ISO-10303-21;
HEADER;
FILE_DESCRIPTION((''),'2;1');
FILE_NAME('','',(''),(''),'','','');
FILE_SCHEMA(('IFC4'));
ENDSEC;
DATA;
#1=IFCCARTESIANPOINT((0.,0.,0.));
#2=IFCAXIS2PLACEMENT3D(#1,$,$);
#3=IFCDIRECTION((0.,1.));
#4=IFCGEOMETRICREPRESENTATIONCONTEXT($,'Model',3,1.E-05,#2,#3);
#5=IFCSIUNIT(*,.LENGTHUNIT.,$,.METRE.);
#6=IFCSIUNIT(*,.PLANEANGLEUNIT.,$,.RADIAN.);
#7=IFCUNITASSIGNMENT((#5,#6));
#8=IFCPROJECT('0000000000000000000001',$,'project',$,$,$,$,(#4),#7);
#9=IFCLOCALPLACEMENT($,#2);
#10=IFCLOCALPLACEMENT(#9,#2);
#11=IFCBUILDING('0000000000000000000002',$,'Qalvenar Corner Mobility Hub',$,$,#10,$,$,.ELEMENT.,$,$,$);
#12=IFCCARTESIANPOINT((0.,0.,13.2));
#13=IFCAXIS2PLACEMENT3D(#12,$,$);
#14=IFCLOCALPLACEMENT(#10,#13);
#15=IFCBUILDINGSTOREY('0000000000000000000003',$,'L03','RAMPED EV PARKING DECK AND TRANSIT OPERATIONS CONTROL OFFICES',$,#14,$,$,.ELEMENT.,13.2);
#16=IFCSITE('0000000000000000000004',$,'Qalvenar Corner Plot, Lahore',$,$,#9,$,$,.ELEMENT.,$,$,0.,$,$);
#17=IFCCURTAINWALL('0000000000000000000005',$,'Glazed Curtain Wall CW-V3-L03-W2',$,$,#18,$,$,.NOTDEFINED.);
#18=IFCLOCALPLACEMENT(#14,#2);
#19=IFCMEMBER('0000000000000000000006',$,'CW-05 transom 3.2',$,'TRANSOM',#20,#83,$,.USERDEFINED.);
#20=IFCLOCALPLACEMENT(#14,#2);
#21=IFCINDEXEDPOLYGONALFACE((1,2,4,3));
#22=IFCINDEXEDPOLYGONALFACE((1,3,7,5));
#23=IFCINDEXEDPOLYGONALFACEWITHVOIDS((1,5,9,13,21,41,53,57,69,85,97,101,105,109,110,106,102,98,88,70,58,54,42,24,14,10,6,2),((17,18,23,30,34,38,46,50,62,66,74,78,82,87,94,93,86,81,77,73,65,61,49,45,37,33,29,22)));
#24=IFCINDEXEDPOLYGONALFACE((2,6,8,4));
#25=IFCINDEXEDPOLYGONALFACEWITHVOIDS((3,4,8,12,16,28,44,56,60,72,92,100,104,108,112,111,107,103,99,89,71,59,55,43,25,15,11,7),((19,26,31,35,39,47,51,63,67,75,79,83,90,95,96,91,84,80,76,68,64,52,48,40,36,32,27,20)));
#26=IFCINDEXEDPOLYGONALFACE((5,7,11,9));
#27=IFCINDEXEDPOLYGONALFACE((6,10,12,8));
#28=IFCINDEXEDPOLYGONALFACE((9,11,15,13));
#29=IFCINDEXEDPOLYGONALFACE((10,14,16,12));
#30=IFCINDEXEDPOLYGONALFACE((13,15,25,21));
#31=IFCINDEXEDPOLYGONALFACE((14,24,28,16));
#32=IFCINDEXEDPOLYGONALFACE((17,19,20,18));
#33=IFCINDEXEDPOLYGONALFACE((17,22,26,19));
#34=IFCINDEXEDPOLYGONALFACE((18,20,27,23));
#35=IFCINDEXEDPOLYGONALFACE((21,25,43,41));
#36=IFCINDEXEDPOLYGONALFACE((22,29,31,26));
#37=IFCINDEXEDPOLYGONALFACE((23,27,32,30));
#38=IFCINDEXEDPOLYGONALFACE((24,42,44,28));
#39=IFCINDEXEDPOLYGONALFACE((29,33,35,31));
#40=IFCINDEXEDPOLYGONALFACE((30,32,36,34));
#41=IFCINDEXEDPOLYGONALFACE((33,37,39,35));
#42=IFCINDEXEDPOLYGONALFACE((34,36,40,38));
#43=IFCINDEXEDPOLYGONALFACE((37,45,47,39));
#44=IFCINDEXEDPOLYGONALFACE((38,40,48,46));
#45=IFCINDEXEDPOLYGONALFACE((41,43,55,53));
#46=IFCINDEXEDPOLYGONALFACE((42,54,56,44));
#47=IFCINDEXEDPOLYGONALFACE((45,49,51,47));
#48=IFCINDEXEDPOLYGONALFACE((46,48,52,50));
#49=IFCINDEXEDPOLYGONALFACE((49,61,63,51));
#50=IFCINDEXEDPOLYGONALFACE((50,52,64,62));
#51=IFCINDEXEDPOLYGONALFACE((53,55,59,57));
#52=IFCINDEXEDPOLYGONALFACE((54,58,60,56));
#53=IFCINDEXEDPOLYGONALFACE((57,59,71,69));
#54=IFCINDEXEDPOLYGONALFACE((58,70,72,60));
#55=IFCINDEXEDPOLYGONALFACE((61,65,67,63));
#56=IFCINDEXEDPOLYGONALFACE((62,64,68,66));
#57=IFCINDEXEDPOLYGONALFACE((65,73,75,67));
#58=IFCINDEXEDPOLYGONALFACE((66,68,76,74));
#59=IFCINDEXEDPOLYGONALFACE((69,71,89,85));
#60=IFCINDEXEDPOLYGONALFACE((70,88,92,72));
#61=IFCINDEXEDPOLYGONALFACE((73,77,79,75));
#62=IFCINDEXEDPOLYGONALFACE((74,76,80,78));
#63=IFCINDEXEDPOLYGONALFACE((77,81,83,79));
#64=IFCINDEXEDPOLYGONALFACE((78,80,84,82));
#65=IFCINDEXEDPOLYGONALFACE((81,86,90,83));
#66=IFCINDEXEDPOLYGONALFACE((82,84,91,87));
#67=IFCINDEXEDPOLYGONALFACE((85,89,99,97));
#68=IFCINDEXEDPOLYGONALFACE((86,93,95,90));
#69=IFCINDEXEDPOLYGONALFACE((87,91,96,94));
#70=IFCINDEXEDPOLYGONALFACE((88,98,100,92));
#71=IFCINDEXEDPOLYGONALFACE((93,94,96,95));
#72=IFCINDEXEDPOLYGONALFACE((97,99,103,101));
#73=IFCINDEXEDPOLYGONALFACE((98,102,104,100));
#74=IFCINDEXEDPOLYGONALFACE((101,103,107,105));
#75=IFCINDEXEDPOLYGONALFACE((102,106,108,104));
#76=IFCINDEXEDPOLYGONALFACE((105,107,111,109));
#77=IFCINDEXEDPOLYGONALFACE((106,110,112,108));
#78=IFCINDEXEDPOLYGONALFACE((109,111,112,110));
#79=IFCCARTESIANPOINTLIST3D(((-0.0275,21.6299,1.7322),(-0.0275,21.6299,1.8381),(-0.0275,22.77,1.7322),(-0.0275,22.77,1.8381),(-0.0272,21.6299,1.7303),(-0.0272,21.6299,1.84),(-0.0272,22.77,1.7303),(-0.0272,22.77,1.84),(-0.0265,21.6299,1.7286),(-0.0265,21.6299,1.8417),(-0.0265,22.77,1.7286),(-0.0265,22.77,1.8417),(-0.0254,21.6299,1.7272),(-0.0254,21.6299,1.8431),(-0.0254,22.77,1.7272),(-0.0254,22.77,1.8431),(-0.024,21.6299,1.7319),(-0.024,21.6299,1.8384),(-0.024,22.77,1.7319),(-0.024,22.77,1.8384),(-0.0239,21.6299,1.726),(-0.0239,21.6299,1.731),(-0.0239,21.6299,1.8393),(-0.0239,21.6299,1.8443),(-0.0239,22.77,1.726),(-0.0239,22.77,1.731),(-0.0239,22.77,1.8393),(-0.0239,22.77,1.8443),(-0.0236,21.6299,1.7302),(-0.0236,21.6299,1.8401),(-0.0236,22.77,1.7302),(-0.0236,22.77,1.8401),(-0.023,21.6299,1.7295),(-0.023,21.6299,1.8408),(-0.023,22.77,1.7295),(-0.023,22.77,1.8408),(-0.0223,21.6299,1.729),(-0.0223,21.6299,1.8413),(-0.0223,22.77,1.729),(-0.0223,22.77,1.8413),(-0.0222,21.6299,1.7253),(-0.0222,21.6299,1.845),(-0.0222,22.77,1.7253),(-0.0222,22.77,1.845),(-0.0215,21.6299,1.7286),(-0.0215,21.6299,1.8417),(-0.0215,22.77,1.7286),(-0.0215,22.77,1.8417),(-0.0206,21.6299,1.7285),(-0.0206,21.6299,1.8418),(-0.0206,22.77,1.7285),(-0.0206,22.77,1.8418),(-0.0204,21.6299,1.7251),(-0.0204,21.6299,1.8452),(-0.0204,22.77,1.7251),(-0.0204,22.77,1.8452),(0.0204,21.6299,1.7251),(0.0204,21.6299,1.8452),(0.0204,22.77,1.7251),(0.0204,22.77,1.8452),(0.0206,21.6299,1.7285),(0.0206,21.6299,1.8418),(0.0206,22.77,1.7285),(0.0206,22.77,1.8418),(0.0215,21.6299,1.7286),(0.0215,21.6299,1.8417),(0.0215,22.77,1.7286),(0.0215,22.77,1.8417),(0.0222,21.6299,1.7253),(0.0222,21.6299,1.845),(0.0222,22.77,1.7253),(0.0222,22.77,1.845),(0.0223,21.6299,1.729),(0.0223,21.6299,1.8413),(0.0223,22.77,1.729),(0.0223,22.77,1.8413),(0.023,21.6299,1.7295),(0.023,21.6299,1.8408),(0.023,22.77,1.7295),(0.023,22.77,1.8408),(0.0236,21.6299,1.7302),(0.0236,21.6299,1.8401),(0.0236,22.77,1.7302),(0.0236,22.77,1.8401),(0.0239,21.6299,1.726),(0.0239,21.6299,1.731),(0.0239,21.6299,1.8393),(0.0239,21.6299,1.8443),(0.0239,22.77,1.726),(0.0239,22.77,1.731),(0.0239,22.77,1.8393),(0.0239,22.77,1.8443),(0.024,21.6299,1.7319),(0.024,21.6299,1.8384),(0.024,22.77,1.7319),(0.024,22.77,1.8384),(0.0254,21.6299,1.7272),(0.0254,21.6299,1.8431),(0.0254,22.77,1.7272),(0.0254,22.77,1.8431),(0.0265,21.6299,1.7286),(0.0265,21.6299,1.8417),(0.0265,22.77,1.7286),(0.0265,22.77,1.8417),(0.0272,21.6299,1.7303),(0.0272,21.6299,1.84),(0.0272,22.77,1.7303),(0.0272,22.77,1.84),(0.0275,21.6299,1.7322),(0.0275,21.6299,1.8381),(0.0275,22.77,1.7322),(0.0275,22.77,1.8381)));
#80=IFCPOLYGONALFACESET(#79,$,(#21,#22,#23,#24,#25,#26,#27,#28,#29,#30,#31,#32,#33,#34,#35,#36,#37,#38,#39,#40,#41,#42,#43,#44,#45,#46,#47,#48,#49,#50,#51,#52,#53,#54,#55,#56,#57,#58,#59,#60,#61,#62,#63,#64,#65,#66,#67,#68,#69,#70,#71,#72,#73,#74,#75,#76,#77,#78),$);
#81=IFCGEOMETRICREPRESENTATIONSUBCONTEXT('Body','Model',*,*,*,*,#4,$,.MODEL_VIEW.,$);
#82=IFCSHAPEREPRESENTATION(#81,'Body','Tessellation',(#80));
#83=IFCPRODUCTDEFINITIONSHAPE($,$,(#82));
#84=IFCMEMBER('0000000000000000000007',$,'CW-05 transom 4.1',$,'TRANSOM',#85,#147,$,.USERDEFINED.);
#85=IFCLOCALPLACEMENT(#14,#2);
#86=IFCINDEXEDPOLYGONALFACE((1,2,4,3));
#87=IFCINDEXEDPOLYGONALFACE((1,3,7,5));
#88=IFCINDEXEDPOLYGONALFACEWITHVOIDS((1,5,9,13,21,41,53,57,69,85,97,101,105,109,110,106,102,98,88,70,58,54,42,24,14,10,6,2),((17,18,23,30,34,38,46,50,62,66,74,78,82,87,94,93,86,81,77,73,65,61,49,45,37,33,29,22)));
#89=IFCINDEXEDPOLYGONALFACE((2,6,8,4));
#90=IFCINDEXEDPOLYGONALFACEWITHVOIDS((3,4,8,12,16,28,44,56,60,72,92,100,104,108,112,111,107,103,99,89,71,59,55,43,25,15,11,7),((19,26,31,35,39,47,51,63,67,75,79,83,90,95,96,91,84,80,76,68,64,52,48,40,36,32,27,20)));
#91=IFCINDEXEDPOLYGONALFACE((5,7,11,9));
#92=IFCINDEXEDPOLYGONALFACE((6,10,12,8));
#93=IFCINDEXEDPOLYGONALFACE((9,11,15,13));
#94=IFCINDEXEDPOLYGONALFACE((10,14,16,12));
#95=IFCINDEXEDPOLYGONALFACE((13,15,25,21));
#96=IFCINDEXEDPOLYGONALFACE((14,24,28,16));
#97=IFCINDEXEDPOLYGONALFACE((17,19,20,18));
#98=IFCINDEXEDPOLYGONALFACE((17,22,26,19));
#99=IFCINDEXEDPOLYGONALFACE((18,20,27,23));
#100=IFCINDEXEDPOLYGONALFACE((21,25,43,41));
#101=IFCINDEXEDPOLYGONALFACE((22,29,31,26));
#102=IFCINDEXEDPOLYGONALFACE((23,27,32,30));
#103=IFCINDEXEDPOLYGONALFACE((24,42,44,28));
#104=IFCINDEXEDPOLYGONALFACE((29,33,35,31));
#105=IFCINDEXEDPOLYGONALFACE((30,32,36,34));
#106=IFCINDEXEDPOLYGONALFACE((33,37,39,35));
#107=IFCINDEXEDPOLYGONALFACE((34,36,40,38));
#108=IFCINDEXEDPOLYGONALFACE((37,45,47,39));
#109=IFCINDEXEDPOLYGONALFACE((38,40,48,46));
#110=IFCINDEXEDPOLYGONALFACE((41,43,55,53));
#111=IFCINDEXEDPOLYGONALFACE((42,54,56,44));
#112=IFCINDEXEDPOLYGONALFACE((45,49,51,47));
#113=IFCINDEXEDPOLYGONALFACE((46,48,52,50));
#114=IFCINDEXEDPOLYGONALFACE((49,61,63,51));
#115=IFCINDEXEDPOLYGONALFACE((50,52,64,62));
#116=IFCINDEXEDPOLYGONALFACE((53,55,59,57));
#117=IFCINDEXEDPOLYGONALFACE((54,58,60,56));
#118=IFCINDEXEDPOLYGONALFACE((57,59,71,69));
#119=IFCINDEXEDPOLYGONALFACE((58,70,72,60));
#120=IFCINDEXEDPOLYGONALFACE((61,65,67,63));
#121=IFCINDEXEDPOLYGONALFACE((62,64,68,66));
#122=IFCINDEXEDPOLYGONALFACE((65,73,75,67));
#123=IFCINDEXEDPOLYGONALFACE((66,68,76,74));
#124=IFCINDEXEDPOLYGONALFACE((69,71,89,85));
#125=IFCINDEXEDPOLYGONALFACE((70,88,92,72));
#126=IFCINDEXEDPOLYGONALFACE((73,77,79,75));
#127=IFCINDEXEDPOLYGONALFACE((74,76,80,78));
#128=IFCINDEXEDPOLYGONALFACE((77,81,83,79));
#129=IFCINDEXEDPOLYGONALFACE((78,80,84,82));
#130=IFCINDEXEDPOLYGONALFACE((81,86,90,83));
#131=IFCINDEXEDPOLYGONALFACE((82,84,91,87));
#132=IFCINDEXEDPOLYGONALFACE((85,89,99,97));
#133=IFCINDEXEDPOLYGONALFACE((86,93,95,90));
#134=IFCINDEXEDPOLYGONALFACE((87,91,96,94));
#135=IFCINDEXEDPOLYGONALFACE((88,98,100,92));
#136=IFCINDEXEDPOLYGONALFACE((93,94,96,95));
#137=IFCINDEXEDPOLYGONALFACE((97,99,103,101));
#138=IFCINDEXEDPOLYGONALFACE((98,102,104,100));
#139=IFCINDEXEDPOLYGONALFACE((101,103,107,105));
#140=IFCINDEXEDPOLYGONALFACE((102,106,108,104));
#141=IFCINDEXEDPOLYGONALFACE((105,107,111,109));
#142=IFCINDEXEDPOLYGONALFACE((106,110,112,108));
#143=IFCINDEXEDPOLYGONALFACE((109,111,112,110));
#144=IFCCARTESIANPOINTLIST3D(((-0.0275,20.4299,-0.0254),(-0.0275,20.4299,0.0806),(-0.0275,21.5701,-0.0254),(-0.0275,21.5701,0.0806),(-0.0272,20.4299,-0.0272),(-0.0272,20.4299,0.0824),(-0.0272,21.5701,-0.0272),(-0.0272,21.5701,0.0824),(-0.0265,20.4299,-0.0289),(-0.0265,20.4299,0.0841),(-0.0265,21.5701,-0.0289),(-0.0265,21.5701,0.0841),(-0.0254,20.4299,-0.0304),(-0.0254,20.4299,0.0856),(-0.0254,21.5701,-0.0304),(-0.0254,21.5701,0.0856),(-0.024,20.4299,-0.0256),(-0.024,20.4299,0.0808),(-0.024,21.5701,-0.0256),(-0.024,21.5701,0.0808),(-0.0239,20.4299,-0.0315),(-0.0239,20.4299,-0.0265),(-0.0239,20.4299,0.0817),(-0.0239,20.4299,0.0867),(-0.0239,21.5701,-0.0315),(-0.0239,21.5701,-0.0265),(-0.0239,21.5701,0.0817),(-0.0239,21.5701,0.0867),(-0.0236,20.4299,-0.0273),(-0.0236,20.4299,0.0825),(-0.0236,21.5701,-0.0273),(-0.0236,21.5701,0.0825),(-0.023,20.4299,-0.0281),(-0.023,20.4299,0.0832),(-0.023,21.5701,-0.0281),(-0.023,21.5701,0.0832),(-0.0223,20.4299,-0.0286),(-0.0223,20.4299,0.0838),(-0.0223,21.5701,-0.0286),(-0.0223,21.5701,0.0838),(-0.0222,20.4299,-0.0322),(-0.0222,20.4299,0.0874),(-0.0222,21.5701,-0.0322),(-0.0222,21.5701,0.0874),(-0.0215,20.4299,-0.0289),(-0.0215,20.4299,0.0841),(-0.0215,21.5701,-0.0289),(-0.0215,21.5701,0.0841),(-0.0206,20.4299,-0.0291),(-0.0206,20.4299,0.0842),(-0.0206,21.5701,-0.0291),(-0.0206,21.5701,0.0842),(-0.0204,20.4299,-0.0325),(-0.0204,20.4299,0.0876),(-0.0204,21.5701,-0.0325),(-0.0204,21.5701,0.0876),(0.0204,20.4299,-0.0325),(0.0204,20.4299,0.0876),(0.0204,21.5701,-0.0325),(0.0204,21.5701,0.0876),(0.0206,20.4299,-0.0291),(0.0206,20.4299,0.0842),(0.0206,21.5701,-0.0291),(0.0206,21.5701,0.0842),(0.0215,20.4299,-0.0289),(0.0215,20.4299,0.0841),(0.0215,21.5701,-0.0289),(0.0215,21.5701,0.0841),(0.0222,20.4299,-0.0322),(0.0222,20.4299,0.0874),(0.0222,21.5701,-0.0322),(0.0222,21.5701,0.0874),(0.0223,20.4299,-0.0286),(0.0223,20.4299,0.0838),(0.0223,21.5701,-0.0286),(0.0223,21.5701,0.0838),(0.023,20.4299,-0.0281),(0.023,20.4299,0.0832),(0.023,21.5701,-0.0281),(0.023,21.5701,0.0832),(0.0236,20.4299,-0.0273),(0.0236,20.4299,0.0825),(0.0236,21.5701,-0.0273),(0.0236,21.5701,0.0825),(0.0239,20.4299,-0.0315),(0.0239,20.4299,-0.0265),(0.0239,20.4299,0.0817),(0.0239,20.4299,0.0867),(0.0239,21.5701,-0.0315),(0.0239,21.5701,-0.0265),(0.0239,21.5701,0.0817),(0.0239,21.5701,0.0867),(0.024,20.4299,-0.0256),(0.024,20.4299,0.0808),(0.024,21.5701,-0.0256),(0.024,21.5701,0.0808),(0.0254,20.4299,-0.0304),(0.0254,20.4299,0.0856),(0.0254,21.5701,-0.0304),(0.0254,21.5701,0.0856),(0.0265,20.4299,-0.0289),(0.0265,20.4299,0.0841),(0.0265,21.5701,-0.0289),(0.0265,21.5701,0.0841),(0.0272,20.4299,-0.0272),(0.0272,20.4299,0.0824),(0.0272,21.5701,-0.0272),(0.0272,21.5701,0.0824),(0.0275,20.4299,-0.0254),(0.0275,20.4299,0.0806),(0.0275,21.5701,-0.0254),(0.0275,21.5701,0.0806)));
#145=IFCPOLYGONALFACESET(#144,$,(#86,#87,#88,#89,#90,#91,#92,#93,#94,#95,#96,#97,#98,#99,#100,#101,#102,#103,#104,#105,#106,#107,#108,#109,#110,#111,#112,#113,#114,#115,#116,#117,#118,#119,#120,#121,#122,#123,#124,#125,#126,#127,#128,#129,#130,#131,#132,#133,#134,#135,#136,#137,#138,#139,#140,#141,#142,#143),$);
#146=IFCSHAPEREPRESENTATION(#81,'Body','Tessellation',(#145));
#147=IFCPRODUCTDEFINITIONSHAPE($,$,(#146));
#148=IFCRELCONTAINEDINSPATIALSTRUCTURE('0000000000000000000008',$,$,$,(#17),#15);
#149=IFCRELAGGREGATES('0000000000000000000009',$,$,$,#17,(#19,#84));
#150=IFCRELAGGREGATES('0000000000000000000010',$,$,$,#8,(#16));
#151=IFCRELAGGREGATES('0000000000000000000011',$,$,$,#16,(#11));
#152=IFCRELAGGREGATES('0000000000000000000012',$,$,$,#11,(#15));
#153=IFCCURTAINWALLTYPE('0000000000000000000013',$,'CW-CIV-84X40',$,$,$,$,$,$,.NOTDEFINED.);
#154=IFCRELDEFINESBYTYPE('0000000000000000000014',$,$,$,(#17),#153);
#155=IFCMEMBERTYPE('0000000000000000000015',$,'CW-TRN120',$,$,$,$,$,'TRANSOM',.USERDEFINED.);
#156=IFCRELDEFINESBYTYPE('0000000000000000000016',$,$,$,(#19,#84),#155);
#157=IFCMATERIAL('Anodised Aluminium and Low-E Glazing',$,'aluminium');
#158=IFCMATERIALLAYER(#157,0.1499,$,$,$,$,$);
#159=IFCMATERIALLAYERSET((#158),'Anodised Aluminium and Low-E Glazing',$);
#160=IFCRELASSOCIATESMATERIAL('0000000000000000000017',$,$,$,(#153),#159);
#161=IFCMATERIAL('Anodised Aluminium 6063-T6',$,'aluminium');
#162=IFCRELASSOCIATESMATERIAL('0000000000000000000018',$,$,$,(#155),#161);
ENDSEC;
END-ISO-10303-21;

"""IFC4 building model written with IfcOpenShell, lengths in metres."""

from ifc_helpers import new_model, si_unit, direction, frame, origin, origin_2d, place, context, subcontext, project, spatial, hollow_rectangle, extrude, material, layer, layer_set, material_profile, profile_set, type_object, element, aggregate, save


model = new_model("IFC4")

# Units and contexts
model_context = context("Model", 3, precision=1e-05, world=origin(), true_north=direction((0.0, 1.0)))
body_context = subcontext(model_context, "Body", "Model", "MODEL_VIEW")
ifc_project = project(units=[si_unit("LENGTHUNIT", "METRE"), si_unit("PLANEANGLEUNIT", "RADIAN")], contexts=[model_context])

# Site, building, storey
site_placement = place(None, origin())
site = spatial("IfcSite", under=ifc_project, at=site_placement, Name="Qalvenar Corner Plot, Lahore", CompositionType="ELEMENT", RefElevation=0.0)
building_placement = place(site_placement, origin())
building = spatial("IfcBuilding", under=site, at=building_placement, Name="Qalvenar Corner Mobility Hub", CompositionType="ELEMENT")
storey_placement = place(building_placement, frame((0.0, 0.0, 13.2)))
storey = spatial("IfcBuildingStorey", under=building, at=storey_placement, Name="L03", Description="RAMPED EV PARKING DECK AND TRANSIT OPERATIONS CONTROL OFFICES", CompositionType="ELEMENT", Elevation=13.2)

# Curtain wall, members
ifc_material_1 = material(Name="Anodised Aluminium and Low-E Glazing", Category="aluminium")
ifc_layer_1 = layer(ifc_material_1, 0.1499)
ifc_layer_set_1 = layer_set([ifc_layer_1], Name="Anodised Aluminium and Low-E Glazing")
curtain_wall_type = type_object("IfcCurtainWallType", Name="CW-CIV-84X40", PredefinedType="NOTDEFINED", material=ifc_layer_set_1)
curtain_wall_placement = place(storey_placement, origin())
curtain_wall = element("IfcCurtainWall", 1, at=curtain_wall_placement, inside=storey, type_object=curtain_wall_type, Name="Glazed Curtain Wall CW-V3-L03-W2", PredefinedType="NOTDEFINED")
ifc_material_2 = material(Name="Anodised Aluminium 6063-T6", Category="aluminium")
ifc_material_profile_1 = material_profile(ifc_material_2, hollow_rectangle(XDim=0.0549, YDim=0.1201, WallThickness=0.0034, InnerFilletRadius=0.0034, OuterFilletRadius=0.0071, at=origin_2d()), Name="RHS120x55x3.5")
ifc_profile_set_1 = profile_set([ifc_material_profile_1], Name="Anodised Aluminium 6063-T6")
member_type_1 = type_object("IfcMemberType", Name="CW-TRN120", ElementType="TRANSOM", PredefinedType="USERDEFINED", material=ifc_profile_set_1)
member_1_placement = place(storey_placement, frame((0.0, 22.77, 1.7852), z_axis=(0.0, -1.0, 0.0), x_axis=(1.0, 0.0, 0.0)))
member_1 = element("IfcMember", 2, at=member_1_placement, type_object=member_type_1, Name="CW-05 transom 3.2", ObjectType="TRANSOM", PredefinedType="USERDEFINED", context=body_context, shape_type="SweptSolid", body=[
    extrude(hollow_rectangle(XDim=0.0549, YDim=0.1201, WallThickness=0.0034, InnerFilletRadius=0.0034, OuterFilletRadius=0.0071, at=origin_2d()), origin(), (0.0, 0.0, 1.0), 1.1401),
])
member_2_placement = place(storey_placement, frame((0.0, 21.5701, 0.0276), z_axis=(0.0, -1.0, 0.0), x_axis=(1.0, 0.0, 0.0)))
member_2 = element("IfcMember", 3, at=member_2_placement, type_object=member_type_1, Name="CW-05 transom 4.1", ObjectType="TRANSOM", PredefinedType="USERDEFINED", context=body_context, shape_type="SweptSolid", body=[
    extrude(hollow_rectangle(XDim=0.0549, YDim=0.1201, WallThickness=0.0034, InnerFilletRadius=0.0034, OuterFilletRadius=0.0071, at=origin_2d()), origin(), (0.0, 0.0, 1.0), 1.1401),
])
aggregate(curtain_wall, [member_1, member_2])

save(model, "model.ifc")
